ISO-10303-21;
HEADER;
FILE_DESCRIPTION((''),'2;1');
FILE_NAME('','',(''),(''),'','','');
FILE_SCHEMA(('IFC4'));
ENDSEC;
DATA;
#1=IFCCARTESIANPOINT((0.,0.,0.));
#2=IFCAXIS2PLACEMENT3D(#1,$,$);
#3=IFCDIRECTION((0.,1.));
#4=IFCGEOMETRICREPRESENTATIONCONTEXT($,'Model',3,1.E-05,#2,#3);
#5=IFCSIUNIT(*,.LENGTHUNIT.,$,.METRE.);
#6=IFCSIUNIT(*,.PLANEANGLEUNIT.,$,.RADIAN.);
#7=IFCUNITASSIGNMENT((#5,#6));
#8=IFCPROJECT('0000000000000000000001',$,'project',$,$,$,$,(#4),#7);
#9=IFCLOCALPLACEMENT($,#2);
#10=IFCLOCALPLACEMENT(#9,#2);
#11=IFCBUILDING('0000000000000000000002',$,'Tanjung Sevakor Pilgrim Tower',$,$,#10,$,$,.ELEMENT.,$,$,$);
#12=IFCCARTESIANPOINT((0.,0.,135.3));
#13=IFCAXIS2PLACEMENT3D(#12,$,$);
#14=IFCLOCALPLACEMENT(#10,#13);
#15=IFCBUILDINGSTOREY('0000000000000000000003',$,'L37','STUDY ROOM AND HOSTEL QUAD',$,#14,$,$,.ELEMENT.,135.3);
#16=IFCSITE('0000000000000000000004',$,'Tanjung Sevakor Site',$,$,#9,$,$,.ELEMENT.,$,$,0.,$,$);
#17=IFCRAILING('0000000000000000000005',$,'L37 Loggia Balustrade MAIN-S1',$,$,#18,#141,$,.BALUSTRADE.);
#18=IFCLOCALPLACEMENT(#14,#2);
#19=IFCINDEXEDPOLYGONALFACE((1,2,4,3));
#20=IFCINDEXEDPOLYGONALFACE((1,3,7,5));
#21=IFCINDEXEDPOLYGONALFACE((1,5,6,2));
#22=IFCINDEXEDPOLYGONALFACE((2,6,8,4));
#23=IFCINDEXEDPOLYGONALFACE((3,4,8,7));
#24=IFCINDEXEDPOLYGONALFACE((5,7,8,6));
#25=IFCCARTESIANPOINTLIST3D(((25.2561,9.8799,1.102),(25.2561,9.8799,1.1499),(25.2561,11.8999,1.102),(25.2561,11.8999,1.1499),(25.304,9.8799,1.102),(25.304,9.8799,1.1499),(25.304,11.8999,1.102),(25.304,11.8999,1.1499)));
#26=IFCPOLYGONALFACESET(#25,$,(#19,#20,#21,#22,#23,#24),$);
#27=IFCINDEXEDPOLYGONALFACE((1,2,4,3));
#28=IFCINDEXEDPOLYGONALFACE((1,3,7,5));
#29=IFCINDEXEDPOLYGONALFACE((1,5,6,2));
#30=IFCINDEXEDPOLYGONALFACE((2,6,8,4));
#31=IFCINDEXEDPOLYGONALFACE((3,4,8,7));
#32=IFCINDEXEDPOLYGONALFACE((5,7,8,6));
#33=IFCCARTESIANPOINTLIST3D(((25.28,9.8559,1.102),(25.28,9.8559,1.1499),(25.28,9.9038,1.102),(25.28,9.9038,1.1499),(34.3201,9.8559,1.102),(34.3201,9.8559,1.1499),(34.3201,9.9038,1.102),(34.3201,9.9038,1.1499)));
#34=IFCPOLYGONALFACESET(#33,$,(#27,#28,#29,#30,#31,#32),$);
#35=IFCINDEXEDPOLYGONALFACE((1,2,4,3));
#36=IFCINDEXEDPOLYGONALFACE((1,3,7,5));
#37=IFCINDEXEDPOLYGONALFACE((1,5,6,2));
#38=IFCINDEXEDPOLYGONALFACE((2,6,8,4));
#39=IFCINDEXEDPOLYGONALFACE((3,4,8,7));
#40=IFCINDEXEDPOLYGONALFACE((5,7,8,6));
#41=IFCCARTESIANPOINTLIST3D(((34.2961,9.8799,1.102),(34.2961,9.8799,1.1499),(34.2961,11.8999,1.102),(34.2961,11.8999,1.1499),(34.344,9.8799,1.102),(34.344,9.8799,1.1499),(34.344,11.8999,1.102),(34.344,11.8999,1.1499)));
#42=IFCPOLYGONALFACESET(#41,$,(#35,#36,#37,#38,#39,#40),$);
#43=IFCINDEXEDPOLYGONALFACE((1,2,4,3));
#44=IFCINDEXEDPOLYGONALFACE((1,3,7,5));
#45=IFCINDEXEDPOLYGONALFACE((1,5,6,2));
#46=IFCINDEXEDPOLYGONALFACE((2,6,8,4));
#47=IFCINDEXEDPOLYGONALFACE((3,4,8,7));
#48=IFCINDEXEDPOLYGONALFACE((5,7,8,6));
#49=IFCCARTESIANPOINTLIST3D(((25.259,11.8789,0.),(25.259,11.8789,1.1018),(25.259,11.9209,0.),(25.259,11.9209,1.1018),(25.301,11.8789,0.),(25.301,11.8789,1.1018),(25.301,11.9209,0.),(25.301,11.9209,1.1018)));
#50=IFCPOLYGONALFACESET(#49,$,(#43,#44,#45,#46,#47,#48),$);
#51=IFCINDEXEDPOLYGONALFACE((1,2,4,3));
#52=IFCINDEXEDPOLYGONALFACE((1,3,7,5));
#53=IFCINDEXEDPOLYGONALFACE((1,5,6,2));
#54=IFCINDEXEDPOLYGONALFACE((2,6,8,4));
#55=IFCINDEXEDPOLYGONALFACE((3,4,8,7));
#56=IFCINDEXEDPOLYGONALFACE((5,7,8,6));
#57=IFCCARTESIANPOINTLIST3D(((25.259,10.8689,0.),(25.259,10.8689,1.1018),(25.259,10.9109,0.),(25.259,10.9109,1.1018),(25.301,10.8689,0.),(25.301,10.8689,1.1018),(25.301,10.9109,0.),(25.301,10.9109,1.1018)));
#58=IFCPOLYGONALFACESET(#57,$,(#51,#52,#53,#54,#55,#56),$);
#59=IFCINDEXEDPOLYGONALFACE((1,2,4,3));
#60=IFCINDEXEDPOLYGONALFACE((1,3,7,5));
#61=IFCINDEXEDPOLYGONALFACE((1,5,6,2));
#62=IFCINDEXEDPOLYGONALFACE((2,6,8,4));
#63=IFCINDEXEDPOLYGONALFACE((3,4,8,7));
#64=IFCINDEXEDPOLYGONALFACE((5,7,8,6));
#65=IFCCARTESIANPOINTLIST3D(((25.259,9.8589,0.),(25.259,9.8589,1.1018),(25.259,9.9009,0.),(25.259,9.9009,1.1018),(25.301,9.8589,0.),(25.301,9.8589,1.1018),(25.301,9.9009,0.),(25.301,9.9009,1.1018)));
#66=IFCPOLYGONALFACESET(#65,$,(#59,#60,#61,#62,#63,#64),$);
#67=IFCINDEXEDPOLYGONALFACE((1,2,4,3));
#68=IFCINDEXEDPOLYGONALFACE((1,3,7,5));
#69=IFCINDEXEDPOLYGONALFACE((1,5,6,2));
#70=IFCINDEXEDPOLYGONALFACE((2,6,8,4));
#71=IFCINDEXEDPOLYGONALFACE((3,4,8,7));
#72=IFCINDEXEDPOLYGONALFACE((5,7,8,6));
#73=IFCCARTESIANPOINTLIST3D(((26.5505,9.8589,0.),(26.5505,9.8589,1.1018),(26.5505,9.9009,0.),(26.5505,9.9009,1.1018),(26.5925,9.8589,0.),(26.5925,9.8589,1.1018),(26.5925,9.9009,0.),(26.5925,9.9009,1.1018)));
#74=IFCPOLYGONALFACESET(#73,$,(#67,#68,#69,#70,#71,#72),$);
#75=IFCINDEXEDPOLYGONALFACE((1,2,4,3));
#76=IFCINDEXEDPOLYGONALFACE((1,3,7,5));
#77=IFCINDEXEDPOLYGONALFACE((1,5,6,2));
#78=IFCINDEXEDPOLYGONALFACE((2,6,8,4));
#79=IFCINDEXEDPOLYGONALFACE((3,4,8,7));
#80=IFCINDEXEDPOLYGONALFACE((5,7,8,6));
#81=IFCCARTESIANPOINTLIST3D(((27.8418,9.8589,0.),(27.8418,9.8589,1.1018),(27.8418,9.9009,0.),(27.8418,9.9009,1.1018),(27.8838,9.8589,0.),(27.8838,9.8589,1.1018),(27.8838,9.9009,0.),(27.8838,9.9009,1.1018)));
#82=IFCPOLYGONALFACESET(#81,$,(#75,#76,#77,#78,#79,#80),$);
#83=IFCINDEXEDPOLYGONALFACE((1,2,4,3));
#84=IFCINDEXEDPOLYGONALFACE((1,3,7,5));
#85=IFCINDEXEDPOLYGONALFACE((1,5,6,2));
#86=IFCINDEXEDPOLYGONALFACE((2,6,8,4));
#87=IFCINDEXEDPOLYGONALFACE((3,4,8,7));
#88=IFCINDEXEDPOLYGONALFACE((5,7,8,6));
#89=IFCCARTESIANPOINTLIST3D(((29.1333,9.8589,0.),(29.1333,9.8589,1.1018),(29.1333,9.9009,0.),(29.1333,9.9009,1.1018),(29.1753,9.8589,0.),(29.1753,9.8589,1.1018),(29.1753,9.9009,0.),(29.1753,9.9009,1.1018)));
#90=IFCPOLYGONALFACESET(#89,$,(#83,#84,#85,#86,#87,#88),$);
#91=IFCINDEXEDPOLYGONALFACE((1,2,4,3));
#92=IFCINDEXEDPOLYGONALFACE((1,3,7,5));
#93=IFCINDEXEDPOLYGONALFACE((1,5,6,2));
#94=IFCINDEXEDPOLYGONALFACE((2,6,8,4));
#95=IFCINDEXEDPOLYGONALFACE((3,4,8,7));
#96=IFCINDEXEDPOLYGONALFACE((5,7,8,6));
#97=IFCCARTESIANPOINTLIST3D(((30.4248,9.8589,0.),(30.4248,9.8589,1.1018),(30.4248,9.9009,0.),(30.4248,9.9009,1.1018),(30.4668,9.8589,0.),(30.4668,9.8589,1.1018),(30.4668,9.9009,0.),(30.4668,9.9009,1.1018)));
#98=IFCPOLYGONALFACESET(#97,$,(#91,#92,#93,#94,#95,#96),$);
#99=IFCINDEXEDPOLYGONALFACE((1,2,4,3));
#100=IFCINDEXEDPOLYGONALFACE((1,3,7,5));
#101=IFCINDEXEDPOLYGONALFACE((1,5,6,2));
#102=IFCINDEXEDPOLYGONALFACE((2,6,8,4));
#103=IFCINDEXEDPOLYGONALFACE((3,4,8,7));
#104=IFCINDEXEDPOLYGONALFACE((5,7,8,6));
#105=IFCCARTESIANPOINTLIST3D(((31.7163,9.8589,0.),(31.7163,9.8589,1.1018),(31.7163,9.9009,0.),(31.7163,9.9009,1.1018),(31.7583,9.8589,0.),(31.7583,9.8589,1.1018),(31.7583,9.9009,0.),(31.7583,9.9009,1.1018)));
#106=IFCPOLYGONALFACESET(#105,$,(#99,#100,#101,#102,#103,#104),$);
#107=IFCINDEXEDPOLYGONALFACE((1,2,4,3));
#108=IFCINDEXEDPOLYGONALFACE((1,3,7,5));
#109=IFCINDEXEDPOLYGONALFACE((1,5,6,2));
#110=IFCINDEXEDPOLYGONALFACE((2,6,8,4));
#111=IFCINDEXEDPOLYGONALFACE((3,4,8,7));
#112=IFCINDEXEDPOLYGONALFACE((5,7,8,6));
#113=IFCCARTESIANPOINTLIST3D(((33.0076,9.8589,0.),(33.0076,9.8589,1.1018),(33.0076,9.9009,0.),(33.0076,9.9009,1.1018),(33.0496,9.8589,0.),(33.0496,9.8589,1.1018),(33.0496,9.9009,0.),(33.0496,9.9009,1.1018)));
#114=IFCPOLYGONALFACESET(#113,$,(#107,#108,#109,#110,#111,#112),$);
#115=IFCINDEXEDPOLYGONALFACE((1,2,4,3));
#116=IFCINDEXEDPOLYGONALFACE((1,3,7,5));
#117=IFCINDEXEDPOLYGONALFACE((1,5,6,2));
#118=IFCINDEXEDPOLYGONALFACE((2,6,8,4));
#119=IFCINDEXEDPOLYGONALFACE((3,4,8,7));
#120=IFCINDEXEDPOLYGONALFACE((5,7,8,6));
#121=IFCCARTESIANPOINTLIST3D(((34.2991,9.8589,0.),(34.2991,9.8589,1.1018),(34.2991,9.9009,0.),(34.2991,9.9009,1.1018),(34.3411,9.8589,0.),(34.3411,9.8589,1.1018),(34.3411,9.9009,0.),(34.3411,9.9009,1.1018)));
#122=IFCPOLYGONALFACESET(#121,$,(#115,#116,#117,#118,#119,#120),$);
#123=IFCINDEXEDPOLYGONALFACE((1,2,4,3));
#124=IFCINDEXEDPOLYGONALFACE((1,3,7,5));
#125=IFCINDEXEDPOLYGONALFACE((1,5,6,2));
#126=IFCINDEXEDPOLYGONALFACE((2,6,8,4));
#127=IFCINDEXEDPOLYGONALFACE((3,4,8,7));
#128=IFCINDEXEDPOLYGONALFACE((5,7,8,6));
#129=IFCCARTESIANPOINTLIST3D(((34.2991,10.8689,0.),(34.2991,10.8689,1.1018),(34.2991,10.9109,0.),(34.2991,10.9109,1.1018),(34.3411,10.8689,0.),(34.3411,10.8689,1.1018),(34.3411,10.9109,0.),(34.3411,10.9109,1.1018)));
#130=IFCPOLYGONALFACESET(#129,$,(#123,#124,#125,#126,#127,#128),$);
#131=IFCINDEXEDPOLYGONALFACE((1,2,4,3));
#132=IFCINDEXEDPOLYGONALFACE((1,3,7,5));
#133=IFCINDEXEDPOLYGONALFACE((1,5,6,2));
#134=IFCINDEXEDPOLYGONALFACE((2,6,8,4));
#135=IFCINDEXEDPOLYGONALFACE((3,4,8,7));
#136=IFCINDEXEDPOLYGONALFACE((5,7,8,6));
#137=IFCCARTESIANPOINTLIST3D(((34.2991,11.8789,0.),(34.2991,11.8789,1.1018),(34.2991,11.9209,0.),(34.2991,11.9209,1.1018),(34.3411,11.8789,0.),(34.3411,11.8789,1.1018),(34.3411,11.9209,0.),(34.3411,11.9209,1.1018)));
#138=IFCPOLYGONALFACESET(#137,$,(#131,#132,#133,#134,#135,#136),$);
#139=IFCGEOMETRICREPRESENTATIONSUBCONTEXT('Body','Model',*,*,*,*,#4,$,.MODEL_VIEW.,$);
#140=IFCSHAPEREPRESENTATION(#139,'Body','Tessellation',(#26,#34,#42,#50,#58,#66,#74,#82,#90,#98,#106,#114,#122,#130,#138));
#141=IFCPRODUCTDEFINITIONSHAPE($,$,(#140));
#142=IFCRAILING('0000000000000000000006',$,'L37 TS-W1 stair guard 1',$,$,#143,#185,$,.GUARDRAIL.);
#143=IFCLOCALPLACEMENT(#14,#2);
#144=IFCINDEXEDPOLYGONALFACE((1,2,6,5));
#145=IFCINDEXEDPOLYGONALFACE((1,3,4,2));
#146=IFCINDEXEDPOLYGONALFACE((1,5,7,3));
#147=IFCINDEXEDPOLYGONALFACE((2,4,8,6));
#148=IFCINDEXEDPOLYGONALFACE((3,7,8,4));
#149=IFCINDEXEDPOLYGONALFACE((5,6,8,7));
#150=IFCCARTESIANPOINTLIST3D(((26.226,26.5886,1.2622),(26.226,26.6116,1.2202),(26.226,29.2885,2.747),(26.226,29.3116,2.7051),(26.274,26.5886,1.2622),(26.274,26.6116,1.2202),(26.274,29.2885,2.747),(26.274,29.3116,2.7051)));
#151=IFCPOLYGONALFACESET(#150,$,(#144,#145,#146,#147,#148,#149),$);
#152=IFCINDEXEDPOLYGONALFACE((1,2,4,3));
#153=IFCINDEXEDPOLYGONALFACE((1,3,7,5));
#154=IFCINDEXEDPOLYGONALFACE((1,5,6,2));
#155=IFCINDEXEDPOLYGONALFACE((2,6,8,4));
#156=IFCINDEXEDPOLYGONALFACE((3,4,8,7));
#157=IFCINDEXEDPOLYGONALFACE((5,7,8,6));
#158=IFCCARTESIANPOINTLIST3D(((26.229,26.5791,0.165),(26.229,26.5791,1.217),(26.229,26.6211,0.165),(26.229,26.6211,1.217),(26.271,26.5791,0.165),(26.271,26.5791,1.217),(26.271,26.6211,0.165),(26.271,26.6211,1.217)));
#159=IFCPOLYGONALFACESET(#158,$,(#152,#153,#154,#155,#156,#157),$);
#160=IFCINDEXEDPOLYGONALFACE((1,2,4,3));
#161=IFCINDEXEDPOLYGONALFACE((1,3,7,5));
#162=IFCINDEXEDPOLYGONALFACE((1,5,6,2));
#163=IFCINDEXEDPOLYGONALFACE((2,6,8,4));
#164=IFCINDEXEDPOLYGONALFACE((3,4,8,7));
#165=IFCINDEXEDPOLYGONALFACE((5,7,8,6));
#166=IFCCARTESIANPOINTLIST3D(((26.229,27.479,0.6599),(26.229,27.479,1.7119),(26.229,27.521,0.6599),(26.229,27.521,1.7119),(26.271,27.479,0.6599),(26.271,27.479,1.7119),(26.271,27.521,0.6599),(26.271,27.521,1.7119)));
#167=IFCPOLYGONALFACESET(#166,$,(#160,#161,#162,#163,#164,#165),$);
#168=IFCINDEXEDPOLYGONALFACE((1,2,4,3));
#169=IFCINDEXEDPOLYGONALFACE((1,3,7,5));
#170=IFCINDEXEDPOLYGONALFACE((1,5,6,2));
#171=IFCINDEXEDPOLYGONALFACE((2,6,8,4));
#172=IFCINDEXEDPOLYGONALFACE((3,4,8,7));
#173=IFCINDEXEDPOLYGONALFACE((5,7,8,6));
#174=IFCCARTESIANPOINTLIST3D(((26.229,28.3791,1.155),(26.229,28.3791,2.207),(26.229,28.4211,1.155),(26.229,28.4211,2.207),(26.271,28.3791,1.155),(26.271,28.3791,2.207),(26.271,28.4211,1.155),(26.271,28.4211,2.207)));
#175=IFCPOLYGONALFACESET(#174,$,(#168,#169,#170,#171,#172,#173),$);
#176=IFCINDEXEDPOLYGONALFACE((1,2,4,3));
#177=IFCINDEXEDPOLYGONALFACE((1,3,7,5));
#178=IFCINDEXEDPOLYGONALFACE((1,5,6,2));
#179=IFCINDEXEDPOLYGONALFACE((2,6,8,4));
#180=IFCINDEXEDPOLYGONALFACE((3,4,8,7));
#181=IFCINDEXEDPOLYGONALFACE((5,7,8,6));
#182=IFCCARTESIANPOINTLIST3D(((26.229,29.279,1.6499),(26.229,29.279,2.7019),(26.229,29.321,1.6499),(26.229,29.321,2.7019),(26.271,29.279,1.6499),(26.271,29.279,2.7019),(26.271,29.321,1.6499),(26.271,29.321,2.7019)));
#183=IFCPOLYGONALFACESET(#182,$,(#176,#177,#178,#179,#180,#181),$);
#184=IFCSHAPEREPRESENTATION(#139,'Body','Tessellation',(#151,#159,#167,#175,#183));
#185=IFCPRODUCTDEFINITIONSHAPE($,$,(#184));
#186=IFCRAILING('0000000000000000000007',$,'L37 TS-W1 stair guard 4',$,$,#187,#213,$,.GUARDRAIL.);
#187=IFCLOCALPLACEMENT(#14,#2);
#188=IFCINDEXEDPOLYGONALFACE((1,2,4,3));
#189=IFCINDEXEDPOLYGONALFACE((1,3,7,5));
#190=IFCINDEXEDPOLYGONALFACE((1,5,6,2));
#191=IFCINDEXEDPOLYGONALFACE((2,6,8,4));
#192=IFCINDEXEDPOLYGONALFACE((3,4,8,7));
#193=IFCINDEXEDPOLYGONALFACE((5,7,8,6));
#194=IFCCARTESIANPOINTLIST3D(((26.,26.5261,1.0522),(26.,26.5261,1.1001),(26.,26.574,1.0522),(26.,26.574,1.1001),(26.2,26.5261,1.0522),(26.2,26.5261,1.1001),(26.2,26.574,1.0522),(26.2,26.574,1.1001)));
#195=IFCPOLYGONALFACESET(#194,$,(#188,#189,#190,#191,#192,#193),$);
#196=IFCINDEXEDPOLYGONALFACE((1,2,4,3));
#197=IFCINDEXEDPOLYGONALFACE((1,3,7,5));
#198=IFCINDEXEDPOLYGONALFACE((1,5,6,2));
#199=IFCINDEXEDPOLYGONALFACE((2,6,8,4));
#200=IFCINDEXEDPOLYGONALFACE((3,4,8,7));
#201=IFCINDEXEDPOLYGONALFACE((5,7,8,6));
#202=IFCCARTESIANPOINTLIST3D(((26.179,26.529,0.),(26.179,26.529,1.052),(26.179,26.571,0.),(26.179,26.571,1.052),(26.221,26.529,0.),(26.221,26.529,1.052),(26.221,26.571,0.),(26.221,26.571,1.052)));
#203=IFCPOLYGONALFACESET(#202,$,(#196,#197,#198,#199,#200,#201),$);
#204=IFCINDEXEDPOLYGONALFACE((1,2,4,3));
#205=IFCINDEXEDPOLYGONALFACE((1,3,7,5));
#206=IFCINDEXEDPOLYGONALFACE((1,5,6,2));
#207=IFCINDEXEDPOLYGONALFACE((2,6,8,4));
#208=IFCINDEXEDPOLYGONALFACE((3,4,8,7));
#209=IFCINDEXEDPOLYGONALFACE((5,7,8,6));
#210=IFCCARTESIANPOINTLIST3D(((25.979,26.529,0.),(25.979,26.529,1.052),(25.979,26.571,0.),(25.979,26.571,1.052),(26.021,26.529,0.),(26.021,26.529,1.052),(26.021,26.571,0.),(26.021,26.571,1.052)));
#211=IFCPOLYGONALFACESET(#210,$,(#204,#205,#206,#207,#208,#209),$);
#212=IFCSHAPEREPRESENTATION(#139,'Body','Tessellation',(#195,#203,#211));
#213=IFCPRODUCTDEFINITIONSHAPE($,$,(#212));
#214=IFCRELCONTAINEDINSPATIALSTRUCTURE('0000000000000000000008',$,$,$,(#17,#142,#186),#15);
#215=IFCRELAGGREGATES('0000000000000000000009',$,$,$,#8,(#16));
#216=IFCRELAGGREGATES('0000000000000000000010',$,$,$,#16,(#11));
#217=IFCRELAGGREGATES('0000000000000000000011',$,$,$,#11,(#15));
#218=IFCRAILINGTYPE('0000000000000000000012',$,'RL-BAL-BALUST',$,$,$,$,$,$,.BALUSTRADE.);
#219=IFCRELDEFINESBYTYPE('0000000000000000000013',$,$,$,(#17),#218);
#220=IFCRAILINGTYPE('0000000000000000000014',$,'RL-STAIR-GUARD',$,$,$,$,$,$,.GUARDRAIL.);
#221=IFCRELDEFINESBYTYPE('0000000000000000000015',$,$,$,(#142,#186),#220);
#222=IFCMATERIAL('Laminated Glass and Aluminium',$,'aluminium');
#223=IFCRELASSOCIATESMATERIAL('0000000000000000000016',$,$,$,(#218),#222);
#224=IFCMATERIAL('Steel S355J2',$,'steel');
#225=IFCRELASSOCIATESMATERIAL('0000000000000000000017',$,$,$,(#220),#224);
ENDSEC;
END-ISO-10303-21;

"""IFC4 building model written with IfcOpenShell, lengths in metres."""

from ifc_helpers import new_model, si_unit, direction, frame, origin, place, context, subcontext, project, spatial, rectangle, extrude, material, type_object, element, save


model = new_model("IFC4")

# Units and contexts
model_context = context("Model", 3, precision=1e-05, world=origin(), true_north=direction((0.0, 1.0)))
body_context = subcontext(model_context, "Body", "Model", "MODEL_VIEW")
ifc_project = project(units=[si_unit("LENGTHUNIT", "METRE"), si_unit("PLANEANGLEUNIT", "RADIAN")], contexts=[model_context])

# Site, building, storey
site_placement = place(None, origin())
site = spatial("IfcSite", under=ifc_project, at=site_placement, Name="Tanjung Sevakor Site", CompositionType="ELEMENT", RefElevation=0.0)
building_placement = place(site_placement, origin())
building = spatial("IfcBuilding", under=site, at=building_placement, Name="Tanjung Sevakor Pilgrim Tower", CompositionType="ELEMENT")
storey_placement = place(building_placement, frame((0.0, 0.0, 135.3)))
storey = spatial("IfcBuildingStorey", under=building, at=storey_placement, Name="L37", Description="STUDY ROOM AND HOSTEL QUAD", CompositionType="ELEMENT", Elevation=135.3)

# Railings
ifc_material_1 = material(Name="Laminated Glass and Aluminium", Category="aluminium")
railing_type_1 = type_object("IfcRailingType", Name="RL-BAL-BALUST", PredefinedType="BALUSTRADE", material=ifc_material_1)
railing_1_placement = place(storey_placement, frame((25.28, 11.8999, 0.0)))
element("IfcRailing", 1, at=railing_1_placement, inside=storey, type_object=railing_type_1, Name="L37 Loggia Balustrade MAIN-S1", PredefinedType="BALUSTRADE", context=body_context, shape_type="SweptSolid", body=[
    extrude(rectangle(XDim=0.0479, YDim=0.0479), frame((0.0, 0.0, 1.126), z_axis=(0.0, -1.0, 0.0), x_axis=(1.0, 0.0, 0.0)), (0.0, 0.0, 1.0), 2.02),
    extrude(rectangle(XDim=0.0479, YDim=0.0479), frame((0.0, -2.02, 1.126), z_axis=(1.0, 0.0, 0.0), x_axis=(0.0, 1.0, 0.0)), (0.0, 0.0, 1.0), 9.04),
    extrude(rectangle(XDim=0.0479, YDim=0.0479), frame((9.04, -2.02, 1.126), z_axis=(0.0, 1.0, 0.0), x_axis=(-1.0, 0.0, 0.0)), (0.0, 0.0, 1.0), 2.02),
    extrude(rectangle(XDim=0.042, YDim=0.042), origin(), (0.0, 0.0, 1.0), 1.1018),
    extrude(rectangle(XDim=0.042, YDim=0.042), frame((0.0, -1.01, 0.0)), (0.0, 0.0, 1.0), 1.1018),
    extrude(rectangle(XDim=0.042, YDim=0.042), frame((0.0, -2.02, 0.0)), (0.0, 0.0, 1.0), 1.1018),
    extrude(rectangle(XDim=0.042, YDim=0.042), frame((1.2915, -2.02, 0.0)), (0.0, 0.0, 1.0), 1.1018),
    extrude(rectangle(XDim=0.042, YDim=0.042), frame((2.5828, -2.02, 0.0)), (0.0, 0.0, 1.0), 1.1018),
    extrude(rectangle(XDim=0.042, YDim=0.042), frame((3.8743, -2.02, 0.0)), (0.0, 0.0, 1.0), 1.1018),
    extrude(rectangle(XDim=0.042, YDim=0.042), frame((5.1658, -2.02, 0.0)), (0.0, 0.0, 1.0), 1.1018),
    extrude(rectangle(XDim=0.042, YDim=0.042), frame((6.4573, -2.02, 0.0)), (0.0, 0.0, 1.0), 1.1018),
    extrude(rectangle(XDim=0.042, YDim=0.042), frame((7.7485, -2.02, 0.0)), (0.0, 0.0, 1.0), 1.1018),
    extrude(rectangle(XDim=0.042, YDim=0.042), frame((9.04, -2.02, 0.0)), (0.0, 0.0, 1.0), 1.1018),
    extrude(rectangle(XDim=0.042, YDim=0.042), frame((9.04, -1.01, 0.0)), (0.0, 0.0, 1.0), 1.1018),
    extrude(rectangle(XDim=0.042, YDim=0.042), frame((9.04, 0.0, 0.0)), (0.0, 0.0, 1.0), 1.1018),
])
ifc_material_2 = material(Name="Steel S355J2", Category="steel")
railing_type_2 = type_object("IfcRailingType", Name="RL-STAIR-GUARD", PredefinedType="GUARDRAIL", material=ifc_material_2)
railing_2_placement = place(storey_placement, frame((26.25, 26.6001, 0.165)))
element("IfcRailing", 2, at=railing_2_placement, inside=storey, type_object=railing_type_2, Name="L37 TS-W1 stair guard 1", PredefinedType="GUARDRAIL", context=body_context, shape_type="SweptSolid", body=[
    extrude(rectangle(XDim=0.0479, YDim=0.0479), frame((0.0, 0.0, 1.0762), z_axis=(0.0, 0.876231, 0.481891), x_axis=(-1.0, 0.0, 0.0)), (0.0, 0.0, 1.0), 3.0813),
    extrude(rectangle(XDim=0.042, YDim=0.042), origin(), (0.0, 0.0, 1.0), 1.052),
    extrude(rectangle(XDim=0.042, YDim=0.042), frame((0.0, 0.8999, 0.4949)), (0.0, 0.0, 1.0), 1.052),
    extrude(rectangle(XDim=0.042, YDim=0.042), frame((0.0, 1.8, 0.99)), (0.0, 0.0, 1.0), 1.052),
    extrude(rectangle(XDim=0.042, YDim=0.042), frame((0.0, 2.7, 1.4849)), (0.0, 0.0, 1.0), 1.052),
])
railing_3_placement = place(storey_placement, frame((26.2, 26.55, 0.0)))
element("IfcRailing", 3, at=railing_3_placement, inside=storey, type_object=railing_type_2, Name="L37 TS-W1 stair guard 4", PredefinedType="GUARDRAIL", context=body_context, shape_type="SweptSolid", body=[
    extrude(rectangle(XDim=0.0479, YDim=0.0479), frame((0.0, 0.0, 1.0762), z_axis=(-1.0, 0.0, 0.0), x_axis=(0.0, -1.0, 0.0)), (0.0, 0.0, 1.0), 0.2),
    extrude(rectangle(XDim=0.042, YDim=0.042), origin(), (0.0, 0.0, 1.0), 1.052),
    extrude(rectangle(XDim=0.042, YDim=0.042), frame((-0.2, 0.0, 0.0)), (0.0, 0.0, 1.0), 1.052),
])

save(model, "model.ifc")
